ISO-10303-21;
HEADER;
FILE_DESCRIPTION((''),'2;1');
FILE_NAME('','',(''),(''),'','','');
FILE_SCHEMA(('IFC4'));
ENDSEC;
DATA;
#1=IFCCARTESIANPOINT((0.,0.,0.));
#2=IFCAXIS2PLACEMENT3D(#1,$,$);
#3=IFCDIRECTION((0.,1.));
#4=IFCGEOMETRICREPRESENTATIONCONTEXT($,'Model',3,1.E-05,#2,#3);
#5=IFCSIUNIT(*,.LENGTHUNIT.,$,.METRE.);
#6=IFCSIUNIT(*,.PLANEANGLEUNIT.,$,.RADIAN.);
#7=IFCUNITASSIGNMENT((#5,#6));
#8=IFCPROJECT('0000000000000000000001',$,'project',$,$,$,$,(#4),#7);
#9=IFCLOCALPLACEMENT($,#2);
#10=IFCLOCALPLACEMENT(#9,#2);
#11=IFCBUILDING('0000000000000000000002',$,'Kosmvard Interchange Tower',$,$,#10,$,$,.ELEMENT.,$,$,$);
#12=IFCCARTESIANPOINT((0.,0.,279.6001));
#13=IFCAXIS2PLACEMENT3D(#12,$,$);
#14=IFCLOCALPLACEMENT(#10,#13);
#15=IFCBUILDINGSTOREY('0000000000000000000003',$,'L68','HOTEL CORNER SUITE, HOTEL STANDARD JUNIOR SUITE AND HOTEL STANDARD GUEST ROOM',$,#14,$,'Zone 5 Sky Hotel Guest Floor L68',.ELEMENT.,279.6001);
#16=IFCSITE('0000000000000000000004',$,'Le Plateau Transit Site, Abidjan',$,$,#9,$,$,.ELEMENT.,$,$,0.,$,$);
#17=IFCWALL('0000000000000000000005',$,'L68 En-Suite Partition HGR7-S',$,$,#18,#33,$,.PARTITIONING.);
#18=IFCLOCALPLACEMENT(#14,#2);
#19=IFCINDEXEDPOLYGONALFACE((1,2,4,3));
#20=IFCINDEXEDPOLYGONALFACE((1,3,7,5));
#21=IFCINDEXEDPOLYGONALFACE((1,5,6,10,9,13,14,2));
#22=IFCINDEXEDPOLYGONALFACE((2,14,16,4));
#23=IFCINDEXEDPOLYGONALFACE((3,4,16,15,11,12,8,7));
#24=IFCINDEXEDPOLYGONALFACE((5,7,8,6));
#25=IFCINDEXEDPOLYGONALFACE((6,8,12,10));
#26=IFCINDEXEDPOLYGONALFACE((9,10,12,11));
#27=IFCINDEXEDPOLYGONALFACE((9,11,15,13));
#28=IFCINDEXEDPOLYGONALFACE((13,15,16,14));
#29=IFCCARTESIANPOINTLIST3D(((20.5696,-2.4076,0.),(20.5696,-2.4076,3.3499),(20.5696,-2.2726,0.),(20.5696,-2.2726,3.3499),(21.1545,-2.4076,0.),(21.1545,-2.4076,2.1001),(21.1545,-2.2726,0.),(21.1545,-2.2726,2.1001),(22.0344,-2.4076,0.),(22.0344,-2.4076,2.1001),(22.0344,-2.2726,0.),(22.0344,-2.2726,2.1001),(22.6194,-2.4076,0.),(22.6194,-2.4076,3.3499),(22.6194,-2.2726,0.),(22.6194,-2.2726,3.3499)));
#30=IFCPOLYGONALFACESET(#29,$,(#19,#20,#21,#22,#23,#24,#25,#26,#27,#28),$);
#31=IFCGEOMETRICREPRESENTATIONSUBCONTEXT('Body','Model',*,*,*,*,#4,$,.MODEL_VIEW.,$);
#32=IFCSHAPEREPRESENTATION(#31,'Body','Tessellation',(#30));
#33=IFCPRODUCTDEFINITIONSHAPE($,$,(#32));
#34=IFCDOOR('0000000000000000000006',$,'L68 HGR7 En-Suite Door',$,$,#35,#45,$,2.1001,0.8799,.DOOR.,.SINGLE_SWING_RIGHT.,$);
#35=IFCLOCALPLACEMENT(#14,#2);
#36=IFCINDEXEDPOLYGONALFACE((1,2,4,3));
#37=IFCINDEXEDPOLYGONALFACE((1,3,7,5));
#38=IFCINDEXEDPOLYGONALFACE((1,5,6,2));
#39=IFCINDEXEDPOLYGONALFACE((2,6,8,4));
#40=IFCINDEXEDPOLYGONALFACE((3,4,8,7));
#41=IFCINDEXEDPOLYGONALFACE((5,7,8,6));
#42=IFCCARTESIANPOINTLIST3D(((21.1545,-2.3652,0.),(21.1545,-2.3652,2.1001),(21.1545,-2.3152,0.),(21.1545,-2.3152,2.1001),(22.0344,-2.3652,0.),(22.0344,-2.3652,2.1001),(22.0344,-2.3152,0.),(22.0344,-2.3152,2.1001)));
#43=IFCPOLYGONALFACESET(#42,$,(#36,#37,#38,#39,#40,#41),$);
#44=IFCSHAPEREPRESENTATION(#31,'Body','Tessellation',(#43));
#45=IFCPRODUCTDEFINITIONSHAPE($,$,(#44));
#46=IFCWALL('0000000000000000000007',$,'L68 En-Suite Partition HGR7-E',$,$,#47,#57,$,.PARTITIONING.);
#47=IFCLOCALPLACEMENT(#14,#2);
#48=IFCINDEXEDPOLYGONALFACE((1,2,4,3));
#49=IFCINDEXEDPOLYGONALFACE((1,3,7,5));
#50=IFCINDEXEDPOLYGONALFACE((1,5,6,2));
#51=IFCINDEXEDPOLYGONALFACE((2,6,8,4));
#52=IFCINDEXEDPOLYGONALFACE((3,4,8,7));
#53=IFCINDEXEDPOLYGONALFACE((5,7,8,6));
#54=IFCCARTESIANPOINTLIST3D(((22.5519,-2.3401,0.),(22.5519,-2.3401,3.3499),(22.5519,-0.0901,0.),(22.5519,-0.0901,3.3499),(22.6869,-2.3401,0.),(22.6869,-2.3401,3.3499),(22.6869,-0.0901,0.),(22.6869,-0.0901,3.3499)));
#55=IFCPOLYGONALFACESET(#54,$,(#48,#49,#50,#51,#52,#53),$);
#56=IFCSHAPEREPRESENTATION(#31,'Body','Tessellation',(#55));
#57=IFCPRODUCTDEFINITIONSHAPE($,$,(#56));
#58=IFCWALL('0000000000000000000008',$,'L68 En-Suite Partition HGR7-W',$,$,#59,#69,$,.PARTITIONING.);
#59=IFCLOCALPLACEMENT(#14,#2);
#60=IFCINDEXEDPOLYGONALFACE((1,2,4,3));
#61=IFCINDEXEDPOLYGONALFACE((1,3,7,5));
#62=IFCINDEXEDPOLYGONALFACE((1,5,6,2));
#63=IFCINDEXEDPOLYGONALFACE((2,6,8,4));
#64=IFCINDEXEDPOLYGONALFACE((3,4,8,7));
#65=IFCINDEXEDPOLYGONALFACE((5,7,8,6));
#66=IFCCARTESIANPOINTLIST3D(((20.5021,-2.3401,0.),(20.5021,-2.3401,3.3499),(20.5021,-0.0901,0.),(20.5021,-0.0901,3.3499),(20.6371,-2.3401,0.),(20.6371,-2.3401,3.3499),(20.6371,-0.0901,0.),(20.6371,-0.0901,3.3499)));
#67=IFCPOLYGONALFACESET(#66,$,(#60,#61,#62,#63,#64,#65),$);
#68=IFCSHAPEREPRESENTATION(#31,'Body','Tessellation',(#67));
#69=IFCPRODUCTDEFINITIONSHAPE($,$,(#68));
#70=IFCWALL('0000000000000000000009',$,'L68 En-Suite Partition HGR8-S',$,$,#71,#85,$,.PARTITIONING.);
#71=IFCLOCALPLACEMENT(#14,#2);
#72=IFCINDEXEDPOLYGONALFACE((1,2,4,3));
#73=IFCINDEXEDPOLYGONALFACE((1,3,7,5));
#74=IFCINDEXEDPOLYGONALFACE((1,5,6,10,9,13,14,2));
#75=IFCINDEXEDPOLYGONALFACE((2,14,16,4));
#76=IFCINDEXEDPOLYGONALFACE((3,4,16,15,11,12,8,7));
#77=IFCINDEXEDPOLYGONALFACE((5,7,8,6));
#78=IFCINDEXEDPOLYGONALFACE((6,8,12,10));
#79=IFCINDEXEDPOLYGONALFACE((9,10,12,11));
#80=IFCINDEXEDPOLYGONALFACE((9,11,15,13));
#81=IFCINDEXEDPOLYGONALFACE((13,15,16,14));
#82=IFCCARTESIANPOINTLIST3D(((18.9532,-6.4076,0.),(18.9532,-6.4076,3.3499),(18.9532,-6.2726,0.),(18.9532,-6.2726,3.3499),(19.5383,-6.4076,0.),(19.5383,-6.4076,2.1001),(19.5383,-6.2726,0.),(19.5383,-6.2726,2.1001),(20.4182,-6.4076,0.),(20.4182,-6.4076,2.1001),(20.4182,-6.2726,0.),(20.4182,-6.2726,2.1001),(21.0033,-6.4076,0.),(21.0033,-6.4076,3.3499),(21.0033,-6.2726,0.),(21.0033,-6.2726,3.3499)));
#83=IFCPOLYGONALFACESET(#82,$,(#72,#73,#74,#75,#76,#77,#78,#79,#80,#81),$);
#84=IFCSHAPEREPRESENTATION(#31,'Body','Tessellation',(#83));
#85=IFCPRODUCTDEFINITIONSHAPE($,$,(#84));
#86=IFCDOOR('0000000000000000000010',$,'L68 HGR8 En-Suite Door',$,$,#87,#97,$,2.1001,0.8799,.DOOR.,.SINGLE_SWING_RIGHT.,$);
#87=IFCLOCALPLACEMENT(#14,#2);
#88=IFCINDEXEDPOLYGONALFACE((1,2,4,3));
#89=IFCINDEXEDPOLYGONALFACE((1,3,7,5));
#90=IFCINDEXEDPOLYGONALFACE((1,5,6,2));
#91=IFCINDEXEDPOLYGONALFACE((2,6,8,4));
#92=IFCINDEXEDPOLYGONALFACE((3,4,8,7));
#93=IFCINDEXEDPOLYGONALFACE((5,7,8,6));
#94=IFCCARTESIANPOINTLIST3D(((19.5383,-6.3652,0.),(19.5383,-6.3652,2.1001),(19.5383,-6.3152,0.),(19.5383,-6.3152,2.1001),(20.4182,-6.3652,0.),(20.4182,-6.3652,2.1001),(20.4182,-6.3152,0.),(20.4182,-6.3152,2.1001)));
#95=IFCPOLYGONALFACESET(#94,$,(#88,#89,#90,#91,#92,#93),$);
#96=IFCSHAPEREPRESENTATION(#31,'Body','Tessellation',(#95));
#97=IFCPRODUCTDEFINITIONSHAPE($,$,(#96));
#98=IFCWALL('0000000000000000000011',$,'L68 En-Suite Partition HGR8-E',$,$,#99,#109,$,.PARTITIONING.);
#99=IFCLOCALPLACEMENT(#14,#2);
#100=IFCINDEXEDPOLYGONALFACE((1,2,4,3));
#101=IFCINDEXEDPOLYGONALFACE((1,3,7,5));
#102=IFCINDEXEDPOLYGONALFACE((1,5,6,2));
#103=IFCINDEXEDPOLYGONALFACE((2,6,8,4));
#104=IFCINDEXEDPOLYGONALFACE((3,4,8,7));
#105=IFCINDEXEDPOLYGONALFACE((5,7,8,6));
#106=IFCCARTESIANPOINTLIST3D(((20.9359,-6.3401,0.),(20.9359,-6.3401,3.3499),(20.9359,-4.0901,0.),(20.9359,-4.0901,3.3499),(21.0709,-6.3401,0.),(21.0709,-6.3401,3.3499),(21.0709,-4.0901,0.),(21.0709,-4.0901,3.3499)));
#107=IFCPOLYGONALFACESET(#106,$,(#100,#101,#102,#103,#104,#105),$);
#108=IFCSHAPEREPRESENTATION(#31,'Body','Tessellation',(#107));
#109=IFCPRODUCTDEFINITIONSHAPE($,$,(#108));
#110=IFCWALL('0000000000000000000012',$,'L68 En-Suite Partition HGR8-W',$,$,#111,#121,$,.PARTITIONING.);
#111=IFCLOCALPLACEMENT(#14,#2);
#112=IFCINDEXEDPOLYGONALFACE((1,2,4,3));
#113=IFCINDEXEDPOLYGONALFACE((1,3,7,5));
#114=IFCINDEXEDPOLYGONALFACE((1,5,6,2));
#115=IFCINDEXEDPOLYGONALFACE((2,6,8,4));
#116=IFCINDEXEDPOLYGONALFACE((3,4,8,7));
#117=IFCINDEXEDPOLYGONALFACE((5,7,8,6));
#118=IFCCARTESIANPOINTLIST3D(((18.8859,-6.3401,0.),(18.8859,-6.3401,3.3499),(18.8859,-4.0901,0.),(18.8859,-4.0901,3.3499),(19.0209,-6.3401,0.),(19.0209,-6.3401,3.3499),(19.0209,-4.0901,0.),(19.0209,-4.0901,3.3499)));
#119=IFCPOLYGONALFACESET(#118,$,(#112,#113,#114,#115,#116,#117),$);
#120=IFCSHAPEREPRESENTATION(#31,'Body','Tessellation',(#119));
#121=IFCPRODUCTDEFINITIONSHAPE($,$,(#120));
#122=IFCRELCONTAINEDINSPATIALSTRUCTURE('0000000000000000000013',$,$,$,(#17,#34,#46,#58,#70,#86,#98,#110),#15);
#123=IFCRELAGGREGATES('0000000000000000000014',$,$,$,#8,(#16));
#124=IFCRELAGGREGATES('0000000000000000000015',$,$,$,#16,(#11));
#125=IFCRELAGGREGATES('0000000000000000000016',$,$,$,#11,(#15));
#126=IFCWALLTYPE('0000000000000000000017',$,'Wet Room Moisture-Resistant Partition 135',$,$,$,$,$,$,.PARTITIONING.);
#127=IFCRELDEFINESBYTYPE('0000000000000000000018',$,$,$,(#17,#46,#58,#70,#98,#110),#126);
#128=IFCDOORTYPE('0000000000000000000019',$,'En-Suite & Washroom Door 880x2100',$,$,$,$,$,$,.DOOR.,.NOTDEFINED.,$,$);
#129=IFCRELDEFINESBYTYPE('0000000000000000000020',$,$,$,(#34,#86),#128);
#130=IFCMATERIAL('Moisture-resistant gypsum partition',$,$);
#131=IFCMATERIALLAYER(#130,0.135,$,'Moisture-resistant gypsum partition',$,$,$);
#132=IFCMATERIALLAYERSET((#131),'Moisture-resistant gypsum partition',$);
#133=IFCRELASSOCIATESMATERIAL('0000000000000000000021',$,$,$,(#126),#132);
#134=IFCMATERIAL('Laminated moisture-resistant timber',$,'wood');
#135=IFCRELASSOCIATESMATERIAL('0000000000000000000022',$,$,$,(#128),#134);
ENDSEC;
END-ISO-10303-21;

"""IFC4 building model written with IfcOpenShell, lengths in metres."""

from ifc_helpers import new_model, si_unit, direction, frame, frame_2d, origin, place, context, subcontext, project, spatial, rectangle, extrude, source, transform, mapped, material, layer, layer_set, type_object, element, fill, save


model = new_model("IFC4")

# Units and contexts
model_context = context("Model", 3, precision=1e-05, world=origin(), true_north=direction((0.0, 1.0)))
body_context = subcontext(model_context, "Body", "Model", "MODEL_VIEW")
ifc_project = project(units=[si_unit("LENGTHUNIT", "METRE"), si_unit("PLANEANGLEUNIT", "RADIAN")], contexts=[model_context])

# Site, building, storey
site_placement = place(None, origin())
site = spatial("IfcSite", under=ifc_project, at=site_placement, Name="Le Plateau Transit Site, Abidjan", CompositionType="ELEMENT", RefElevation=0.0)
building_placement = place(site_placement, origin())
building = spatial("IfcBuilding", under=site, at=building_placement, Name="Kosmvard Interchange Tower", CompositionType="ELEMENT")
storey_placement = place(building_placement, frame((0.0, 0.0, 279.6001)))
storey = spatial("IfcBuildingStorey", under=building, at=storey_placement, Name="L68", Description="HOTEL CORNER SUITE, HOTEL STANDARD JUNIOR SUITE AND HOTEL STANDARD GUEST ROOM", LongName="Zone 5 Sky Hotel Guest Floor L68", CompositionType="ELEMENT", Elevation=279.6001)

# Wall, opening, door
ifc_material_1 = material(Name="Moisture-resistant gypsum partition")
ifc_layer_1 = layer(ifc_material_1, 0.135, Name="Moisture-resistant gypsum partition")
ifc_layer_set_1 = layer_set([ifc_layer_1], Name="Moisture-resistant gypsum partition")
wall_type_1 = type_object("IfcWallType", Name="Wet Room Moisture-Resistant Partition 135", PredefinedType="PARTITIONING", material=ifc_layer_set_1)
wall_1_placement = place(storey_placement, frame((20.5696, -2.3401, 0.0), z_axis=(0.0, 0.0, 1.0), x_axis=(1.0, 0.0, 0.0)))
wall_1 = element("IfcWall", 1, at=wall_1_placement, inside=storey, type_object=wall_type_1, Name="L68 En-Suite Partition HGR7-S", PredefinedType="PARTITIONING", context=body_context, shape_type="SweptSolid", body=[
    extrude(rectangle(XDim=2.0498, YDim=0.135, at=frame_2d((1.0249, 0.0))), origin(), (0.0, 0.0, 1.0), 3.3499),
])
opening_1_placement = place(wall_1_placement, frame((0.585, 0.0, 0.0)))
opening_1 = element("IfcOpeningElement", 2, at=opening_1_placement, cuts=wall_1, PredefinedType="OPENING", context=body_context, shape_type="SweptSolid", body=[
    extrude(rectangle(XDim=0.8799, YDim=2.1001, at=frame_2d((0.4399, 1.05))), frame((0.0, 0.0776, 0.0), z_axis=(0.0, -1.0, 0.0), x_axis=(1.0, 0.0, 0.0)), (0.0, 0.0, 1.0), 0.155),
])
ifc_material_2 = material(Name="Laminated moisture-resistant timber", Category="wood")
door_type = type_object("IfcDoorType", Name="En-Suite & Washroom Door 880x2100", OperationType="NOTDEFINED", PredefinedType="DOOR", material=ifc_material_2)
shared_shape_1 = source(origin(), body_context, "Body", "SweptSolid", [
    extrude(rectangle(XDim=0.8799, YDim=2.1001, at=frame_2d((0.4399, 1.05))), frame((0.0, 0.0249, 0.0), z_axis=(0.0, -1.0, 0.0), x_axis=(1.0, 0.0, 0.0)), (0.0, 0.0, 1.0), 0.05),
])
door_1_placement = place(opening_1_placement, origin())
door_1 = element("IfcDoor", 3, at=door_1_placement, inside=storey, type_object=door_type, Name="L68 HGR7 En-Suite Door", OperationType="SINGLE_SWING_RIGHT", OverallHeight=2.1001, OverallWidth=0.8799, PredefinedType="DOOR", context=body_context, shape_type="MappedRepresentation", body=[
    mapped(shared_shape_1, transform((0.0, 0.0, 0.0), scale=1.0)),
])
fill(opening_1, door_1)

# Walls
for number, where, z_axis, x_axis, name in (
    (4, (22.6194, -2.3401, 0.0), (0.0, 0.0, 1.0), (0.0, 1.0, 0.0), "L68 En-Suite Partition HGR7-E"),
    (5, (20.5696, -2.3401, 0.0), (0.0, 0.0, 1.0), (0.0, 1.0, 0.0), "L68 En-Suite Partition HGR7-W"),
):
    element("IfcWall", number, at=place(storey_placement, frame(where, z_axis=z_axis, x_axis=x_axis)), inside=storey, type_object=wall_type_1, Name=name, PredefinedType="PARTITIONING", context=body_context, shape_type="SweptSolid", body=[
        extrude(rectangle(XDim=2.25, YDim=0.135, at=frame_2d((1.125, 0.0))), origin(), (0.0, 0.0, 1.0), 3.3499),
    ])

# Wall, opening, door
wall_2_placement = place(storey_placement, frame((18.9534, -6.3401, 0.0), z_axis=(0.0, 0.0, 1.0), x_axis=(1.0, 0.0, 0.0)))
wall_2 = element("IfcWall", 6, at=wall_2_placement, inside=storey, type_object=wall_type_1, Name="L68 En-Suite Partition HGR8-S", PredefinedType="PARTITIONING", context=body_context, shape_type="SweptSolid", body=[
    extrude(rectangle(XDim=2.05, YDim=0.135, at=frame_2d((1.0249, 0.0))), origin(), (0.0, 0.0, 1.0), 3.3499),
])
opening_2_placement = place(wall_2_placement, frame((0.585, 0.0, 0.0)))
opening_2 = element("IfcOpeningElement", 7, at=opening_2_placement, cuts=wall_2, PredefinedType="OPENING", context=body_context, shape_type="SweptSolid", body=[
    extrude(rectangle(XDim=0.8799, YDim=2.1001, at=frame_2d((0.4399, 1.05))), frame((0.0, 0.0776, 0.0), z_axis=(0.0, -1.0, 0.0), x_axis=(1.0, 0.0, 0.0)), (0.0, 0.0, 1.0), 0.155),
])
door_2_placement = place(opening_2_placement, origin())
door_2 = element("IfcDoor", 8, at=door_2_placement, inside=storey, type_object=door_type, Name="L68 HGR8 En-Suite Door", OperationType="SINGLE_SWING_RIGHT", OverallHeight=2.1001, OverallWidth=0.8799, PredefinedType="DOOR", context=body_context, shape_type="MappedRepresentation", body=[
    mapped(shared_shape_1, transform((0.0, 0.0, 0.0), scale=1.0)),
])
fill(opening_2, door_2)

# Walls
for number, where, z_axis, x_axis, name in (
    (9, (21.0034, -6.3401, 0.0), (0.0, 0.0, 1.0), (0.0, 1.0, 0.0), "L68 En-Suite Partition HGR8-E"),
    (10, (18.9534, -6.3401, 0.0), (0.0, 0.0, 1.0), (0.0, 1.0, 0.0), "L68 En-Suite Partition HGR8-W"),
):
    element("IfcWall", number, at=place(storey_placement, frame(where, z_axis=z_axis, x_axis=x_axis)), inside=storey, type_object=wall_type_1, Name=name, PredefinedType="PARTITIONING", context=body_context, shape_type="SweptSolid", body=[
        extrude(rectangle(XDim=2.25, YDim=0.135, at=frame_2d((1.125, 0.0))), origin(), (0.0, 0.0, 1.0), 3.3499),
    ])

save(model, "model.ifc")
